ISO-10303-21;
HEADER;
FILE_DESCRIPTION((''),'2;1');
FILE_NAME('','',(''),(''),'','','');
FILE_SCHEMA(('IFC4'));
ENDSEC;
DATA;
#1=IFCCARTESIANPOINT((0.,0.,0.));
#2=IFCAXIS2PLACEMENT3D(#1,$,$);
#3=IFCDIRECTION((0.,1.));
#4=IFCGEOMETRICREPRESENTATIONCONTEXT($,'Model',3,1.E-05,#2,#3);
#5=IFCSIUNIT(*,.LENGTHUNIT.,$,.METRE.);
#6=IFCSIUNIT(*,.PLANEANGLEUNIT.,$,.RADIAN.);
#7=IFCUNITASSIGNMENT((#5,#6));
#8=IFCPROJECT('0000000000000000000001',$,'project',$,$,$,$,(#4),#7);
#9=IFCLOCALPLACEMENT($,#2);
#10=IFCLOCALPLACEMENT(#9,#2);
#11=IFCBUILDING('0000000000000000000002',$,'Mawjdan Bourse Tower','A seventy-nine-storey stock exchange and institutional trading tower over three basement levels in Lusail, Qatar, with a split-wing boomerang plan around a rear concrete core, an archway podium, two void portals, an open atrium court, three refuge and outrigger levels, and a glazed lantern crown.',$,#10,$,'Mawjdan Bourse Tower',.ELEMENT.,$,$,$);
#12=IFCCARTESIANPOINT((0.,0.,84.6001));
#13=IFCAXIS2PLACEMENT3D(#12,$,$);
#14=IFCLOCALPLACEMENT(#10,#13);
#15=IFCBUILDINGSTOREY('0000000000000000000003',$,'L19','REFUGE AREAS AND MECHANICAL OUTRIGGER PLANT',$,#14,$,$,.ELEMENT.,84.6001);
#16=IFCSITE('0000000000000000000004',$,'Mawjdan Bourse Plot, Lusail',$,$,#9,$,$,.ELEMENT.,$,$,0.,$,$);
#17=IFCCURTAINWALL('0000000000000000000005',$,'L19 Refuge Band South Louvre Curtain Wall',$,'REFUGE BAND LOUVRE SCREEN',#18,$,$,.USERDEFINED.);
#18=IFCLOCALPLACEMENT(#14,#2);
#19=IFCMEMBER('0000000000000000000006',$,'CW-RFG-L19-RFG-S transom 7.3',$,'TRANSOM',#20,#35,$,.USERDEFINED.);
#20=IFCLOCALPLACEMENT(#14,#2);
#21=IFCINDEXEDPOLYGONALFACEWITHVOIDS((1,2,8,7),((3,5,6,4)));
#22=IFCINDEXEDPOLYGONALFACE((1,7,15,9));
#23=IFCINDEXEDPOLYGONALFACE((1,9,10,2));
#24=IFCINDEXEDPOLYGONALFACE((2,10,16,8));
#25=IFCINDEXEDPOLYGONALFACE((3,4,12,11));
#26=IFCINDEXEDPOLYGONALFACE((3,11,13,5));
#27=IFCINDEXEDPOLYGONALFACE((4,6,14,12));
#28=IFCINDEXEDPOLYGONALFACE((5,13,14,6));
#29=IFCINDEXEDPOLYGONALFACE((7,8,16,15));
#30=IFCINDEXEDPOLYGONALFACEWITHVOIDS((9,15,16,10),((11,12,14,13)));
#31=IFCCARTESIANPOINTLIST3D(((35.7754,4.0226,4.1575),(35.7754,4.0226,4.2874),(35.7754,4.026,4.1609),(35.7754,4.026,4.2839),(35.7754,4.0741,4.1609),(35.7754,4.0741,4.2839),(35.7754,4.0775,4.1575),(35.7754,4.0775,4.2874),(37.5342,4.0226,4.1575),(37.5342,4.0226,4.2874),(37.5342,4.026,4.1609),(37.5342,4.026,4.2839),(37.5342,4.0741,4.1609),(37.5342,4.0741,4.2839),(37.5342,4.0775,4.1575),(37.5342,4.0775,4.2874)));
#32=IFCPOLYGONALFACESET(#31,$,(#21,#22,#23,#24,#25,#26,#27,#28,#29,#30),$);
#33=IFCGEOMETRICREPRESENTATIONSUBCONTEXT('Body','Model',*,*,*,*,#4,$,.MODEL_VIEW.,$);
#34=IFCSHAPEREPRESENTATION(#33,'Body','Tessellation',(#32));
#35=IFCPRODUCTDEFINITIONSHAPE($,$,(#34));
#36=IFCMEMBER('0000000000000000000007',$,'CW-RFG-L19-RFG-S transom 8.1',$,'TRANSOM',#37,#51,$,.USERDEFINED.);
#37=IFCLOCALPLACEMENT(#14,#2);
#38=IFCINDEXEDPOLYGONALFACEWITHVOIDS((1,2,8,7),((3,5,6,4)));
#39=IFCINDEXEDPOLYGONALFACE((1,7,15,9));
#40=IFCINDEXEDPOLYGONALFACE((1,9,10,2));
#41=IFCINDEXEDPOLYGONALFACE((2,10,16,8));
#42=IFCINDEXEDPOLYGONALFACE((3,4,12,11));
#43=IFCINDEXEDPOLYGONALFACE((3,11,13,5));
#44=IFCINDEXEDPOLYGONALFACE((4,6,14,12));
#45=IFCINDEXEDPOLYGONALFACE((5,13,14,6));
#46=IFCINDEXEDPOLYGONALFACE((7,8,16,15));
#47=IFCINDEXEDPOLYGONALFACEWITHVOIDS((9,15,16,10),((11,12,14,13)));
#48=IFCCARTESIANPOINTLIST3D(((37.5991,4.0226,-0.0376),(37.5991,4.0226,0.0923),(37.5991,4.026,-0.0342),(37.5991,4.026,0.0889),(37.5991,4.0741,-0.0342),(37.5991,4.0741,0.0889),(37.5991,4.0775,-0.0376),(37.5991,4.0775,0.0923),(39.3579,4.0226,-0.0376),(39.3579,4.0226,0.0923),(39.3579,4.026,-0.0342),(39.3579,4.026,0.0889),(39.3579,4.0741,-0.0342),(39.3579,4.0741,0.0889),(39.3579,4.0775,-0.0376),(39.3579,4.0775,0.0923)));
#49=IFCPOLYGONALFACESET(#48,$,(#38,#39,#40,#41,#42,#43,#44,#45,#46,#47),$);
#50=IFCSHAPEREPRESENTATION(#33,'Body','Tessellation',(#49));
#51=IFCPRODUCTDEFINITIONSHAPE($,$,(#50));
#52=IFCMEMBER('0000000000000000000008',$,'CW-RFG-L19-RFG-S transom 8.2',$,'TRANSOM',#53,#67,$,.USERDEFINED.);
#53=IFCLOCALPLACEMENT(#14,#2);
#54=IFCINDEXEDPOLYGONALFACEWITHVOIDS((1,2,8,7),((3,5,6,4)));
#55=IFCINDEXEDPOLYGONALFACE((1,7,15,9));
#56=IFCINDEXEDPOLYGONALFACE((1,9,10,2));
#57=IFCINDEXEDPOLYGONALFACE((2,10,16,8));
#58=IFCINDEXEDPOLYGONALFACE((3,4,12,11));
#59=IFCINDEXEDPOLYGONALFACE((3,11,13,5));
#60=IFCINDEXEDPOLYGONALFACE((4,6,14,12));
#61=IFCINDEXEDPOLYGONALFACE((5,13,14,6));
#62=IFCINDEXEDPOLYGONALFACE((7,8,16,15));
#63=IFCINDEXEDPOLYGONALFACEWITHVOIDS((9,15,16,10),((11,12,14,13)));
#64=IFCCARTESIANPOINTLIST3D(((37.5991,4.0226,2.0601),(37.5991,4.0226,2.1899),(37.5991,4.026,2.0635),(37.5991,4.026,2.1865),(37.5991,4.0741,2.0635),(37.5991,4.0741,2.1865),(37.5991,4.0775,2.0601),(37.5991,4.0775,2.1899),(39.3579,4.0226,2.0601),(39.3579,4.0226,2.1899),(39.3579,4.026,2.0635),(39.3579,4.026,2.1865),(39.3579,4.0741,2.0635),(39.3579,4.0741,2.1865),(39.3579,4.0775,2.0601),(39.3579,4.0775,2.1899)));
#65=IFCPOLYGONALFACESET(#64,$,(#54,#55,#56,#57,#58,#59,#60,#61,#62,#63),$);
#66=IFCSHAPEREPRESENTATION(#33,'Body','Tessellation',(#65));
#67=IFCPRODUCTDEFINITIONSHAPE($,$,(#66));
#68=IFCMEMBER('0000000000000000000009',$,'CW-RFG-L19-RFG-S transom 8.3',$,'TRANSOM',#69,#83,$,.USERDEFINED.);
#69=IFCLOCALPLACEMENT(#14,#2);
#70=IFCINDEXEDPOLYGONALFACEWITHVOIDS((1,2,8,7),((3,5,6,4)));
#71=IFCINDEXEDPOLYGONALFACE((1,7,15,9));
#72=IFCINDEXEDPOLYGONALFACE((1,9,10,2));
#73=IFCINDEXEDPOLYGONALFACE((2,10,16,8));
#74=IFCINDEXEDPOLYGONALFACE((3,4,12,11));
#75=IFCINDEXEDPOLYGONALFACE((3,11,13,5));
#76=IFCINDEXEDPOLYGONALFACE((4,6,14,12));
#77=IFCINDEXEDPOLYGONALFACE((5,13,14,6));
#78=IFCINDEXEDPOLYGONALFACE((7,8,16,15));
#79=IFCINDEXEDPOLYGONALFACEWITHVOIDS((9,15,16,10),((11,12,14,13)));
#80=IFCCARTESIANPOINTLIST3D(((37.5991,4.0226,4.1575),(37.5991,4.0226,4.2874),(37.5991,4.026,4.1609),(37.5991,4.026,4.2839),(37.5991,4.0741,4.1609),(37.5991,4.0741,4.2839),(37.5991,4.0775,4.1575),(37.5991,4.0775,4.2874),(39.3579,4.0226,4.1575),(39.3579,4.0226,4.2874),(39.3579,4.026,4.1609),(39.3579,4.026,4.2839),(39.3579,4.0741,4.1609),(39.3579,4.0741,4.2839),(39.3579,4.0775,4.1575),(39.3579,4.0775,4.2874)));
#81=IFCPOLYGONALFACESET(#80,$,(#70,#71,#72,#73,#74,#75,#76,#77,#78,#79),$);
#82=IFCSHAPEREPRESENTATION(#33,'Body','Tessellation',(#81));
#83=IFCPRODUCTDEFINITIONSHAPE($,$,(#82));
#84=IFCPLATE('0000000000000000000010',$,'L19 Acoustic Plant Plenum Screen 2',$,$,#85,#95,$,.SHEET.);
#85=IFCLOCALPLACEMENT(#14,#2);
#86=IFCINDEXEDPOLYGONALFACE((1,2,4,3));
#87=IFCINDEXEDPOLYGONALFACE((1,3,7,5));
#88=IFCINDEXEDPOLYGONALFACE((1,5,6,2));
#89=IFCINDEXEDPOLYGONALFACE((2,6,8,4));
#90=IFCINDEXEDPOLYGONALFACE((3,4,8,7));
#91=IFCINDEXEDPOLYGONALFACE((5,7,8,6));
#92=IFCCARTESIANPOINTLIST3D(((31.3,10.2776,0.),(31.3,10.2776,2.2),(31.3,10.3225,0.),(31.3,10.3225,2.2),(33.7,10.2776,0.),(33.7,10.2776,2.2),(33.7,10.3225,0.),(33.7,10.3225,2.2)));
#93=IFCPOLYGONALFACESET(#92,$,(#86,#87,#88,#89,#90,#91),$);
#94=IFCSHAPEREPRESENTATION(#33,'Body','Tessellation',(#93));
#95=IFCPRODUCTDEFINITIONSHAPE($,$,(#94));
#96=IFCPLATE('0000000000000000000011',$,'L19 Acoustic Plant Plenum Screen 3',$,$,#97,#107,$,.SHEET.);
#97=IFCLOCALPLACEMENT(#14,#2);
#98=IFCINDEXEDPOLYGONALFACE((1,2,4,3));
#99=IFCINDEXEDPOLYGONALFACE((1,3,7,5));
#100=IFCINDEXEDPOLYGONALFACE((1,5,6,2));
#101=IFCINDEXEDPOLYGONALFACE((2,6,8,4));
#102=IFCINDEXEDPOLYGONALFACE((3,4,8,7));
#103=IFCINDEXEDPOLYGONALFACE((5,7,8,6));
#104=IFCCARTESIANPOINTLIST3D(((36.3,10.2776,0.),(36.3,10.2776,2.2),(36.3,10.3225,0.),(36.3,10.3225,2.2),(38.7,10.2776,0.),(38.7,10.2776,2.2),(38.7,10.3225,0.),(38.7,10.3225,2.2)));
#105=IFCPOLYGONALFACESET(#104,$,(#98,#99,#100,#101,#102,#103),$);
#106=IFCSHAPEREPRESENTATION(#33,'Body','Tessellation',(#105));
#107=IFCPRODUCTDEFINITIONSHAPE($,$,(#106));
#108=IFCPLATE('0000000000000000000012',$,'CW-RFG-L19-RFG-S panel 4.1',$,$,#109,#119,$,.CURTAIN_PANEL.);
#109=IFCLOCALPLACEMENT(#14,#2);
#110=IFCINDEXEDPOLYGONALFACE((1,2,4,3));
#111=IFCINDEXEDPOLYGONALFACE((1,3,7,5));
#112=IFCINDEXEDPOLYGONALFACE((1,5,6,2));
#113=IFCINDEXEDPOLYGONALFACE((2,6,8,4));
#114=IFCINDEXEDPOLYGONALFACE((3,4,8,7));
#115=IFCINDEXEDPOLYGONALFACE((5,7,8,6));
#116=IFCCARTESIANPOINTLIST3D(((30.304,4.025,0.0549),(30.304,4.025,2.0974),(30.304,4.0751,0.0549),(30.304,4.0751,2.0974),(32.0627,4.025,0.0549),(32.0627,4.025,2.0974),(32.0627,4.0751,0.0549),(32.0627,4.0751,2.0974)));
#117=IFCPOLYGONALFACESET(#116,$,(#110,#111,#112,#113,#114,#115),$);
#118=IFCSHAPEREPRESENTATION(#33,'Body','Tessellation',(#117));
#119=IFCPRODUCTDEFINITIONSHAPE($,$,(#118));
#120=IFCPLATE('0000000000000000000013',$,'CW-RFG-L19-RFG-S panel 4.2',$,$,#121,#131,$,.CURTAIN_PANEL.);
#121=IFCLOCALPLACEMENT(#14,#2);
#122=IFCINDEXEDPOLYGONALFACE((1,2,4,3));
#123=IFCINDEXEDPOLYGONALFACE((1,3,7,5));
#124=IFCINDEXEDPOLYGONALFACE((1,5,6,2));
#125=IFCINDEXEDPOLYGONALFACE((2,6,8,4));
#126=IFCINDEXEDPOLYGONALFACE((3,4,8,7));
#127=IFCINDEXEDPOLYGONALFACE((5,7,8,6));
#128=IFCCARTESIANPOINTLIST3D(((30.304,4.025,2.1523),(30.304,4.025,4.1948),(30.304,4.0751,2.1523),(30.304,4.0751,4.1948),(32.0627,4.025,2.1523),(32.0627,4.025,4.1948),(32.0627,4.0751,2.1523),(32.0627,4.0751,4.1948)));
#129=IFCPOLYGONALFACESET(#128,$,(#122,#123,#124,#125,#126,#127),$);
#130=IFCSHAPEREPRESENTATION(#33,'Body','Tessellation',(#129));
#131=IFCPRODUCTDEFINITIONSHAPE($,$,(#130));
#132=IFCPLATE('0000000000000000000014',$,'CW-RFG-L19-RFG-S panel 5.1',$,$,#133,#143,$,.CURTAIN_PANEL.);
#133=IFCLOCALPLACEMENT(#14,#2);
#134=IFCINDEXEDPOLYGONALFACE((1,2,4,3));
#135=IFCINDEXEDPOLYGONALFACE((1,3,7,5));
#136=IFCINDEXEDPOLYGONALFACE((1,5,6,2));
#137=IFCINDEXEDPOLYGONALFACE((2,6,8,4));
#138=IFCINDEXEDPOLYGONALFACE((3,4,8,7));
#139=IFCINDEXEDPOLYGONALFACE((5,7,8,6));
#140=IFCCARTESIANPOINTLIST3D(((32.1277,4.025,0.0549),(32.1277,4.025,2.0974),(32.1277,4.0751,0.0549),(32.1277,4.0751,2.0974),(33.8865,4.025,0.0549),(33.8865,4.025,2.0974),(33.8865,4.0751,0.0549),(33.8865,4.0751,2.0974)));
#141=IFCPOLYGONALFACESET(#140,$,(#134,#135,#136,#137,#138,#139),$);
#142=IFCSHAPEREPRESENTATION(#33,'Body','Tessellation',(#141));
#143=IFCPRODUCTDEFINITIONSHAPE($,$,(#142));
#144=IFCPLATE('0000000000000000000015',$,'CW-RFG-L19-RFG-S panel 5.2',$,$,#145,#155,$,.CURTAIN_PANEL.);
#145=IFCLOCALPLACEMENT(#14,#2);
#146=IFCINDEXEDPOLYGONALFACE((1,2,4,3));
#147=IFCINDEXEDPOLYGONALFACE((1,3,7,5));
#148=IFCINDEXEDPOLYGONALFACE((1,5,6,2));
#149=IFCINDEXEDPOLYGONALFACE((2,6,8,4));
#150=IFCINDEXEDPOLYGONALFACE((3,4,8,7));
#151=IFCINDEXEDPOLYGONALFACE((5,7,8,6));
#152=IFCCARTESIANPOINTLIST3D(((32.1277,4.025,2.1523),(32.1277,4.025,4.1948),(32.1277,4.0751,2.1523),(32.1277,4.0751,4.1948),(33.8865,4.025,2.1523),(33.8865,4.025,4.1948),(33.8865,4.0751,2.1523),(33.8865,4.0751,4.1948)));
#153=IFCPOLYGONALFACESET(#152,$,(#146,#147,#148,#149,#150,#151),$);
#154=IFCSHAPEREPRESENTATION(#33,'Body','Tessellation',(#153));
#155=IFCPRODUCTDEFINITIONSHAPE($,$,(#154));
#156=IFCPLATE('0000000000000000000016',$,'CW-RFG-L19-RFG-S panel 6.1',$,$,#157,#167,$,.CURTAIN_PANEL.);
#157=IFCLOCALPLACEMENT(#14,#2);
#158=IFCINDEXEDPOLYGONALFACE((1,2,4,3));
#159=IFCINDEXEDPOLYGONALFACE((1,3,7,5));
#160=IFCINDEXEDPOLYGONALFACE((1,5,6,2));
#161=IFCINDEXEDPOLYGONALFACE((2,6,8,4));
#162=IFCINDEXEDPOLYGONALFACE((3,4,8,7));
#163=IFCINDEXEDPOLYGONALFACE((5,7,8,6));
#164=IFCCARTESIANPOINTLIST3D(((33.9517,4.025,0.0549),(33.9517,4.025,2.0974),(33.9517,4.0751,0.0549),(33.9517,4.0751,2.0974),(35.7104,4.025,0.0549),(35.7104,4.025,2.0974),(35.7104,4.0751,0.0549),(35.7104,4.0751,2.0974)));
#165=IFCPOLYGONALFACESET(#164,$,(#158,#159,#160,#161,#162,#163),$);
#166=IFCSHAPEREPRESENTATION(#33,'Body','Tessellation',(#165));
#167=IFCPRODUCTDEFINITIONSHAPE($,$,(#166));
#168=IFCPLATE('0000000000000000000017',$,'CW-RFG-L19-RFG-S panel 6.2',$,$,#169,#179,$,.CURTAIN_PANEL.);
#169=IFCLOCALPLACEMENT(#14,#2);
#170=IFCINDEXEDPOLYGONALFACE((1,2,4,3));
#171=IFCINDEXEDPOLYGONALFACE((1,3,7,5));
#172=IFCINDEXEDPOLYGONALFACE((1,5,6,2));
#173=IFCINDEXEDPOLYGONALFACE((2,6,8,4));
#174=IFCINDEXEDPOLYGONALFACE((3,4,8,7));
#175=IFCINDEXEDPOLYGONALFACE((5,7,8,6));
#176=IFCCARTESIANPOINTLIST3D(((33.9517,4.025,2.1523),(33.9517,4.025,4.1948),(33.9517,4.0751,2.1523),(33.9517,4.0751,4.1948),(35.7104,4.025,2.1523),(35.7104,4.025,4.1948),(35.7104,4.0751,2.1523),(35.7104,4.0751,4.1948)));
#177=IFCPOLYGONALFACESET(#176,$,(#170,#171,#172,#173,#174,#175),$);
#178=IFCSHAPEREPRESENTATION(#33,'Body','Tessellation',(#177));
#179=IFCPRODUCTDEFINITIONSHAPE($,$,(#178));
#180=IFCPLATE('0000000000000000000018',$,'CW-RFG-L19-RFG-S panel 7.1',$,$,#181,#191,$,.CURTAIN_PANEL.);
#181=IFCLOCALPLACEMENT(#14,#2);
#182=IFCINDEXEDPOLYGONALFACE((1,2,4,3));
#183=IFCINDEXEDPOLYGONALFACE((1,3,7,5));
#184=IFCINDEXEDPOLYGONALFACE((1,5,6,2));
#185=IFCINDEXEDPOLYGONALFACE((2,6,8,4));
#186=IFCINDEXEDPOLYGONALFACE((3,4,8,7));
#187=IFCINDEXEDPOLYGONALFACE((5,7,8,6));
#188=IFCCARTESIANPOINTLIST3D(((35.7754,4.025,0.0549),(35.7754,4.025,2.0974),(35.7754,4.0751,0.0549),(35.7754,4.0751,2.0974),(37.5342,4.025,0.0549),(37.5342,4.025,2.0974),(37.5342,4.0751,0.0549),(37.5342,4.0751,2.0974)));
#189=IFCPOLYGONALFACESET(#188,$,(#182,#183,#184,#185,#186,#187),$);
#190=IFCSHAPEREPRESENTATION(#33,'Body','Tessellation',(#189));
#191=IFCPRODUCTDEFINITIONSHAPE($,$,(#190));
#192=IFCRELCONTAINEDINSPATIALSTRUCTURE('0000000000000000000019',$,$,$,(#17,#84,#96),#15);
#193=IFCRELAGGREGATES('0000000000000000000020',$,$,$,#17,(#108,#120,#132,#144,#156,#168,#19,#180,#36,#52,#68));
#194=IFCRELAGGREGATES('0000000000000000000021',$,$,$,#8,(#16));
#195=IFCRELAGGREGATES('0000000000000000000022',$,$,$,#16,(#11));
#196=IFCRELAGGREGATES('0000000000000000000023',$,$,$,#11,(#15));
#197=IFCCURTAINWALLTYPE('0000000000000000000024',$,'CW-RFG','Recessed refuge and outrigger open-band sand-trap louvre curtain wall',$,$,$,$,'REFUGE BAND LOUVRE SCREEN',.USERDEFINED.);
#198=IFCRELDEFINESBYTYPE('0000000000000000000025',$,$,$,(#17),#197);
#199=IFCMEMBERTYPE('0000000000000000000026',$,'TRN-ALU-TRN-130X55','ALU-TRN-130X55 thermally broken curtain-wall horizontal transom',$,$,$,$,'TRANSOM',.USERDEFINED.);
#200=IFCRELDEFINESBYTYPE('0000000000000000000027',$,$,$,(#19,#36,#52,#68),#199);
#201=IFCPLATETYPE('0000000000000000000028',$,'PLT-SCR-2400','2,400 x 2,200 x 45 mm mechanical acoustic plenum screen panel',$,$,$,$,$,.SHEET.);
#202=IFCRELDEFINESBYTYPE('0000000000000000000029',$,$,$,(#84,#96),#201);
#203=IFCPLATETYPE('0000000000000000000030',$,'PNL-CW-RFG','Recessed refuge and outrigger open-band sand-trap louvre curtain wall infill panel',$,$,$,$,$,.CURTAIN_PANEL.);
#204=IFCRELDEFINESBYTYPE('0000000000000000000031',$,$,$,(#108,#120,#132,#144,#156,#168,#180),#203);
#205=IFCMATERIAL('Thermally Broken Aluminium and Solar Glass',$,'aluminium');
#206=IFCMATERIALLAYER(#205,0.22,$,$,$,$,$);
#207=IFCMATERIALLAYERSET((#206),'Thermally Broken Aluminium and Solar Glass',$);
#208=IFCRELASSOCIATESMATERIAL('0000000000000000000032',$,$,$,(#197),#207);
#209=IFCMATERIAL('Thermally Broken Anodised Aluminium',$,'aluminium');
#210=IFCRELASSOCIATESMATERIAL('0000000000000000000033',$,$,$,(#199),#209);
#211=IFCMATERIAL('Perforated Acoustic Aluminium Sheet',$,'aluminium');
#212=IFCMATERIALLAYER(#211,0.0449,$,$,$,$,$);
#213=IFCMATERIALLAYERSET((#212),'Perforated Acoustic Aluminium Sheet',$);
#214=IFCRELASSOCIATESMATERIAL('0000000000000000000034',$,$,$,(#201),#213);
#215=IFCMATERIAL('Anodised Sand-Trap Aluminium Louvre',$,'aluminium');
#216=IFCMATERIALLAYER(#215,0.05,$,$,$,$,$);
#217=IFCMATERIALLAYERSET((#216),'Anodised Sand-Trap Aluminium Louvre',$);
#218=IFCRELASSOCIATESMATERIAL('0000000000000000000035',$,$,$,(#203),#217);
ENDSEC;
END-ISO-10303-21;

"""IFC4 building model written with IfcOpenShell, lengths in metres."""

from ifc_helpers import new_model, si_unit, direction, frame, origin, origin_2d, place, context, subcontext, project, spatial, rectangle, hollow_rectangle, extrude, material, layer, layer_set, material_profile, profile_set, type_object, element, aggregate, save


model = new_model("IFC4")

# Units and contexts
model_context = context("Model", 3, precision=1e-05, world=origin(), true_north=direction((0.0, 1.0)))
body_context = subcontext(model_context, "Body", "Model", "MODEL_VIEW")
ifc_project = project(units=[si_unit("LENGTHUNIT", "METRE"), si_unit("PLANEANGLEUNIT", "RADIAN")], contexts=[model_context])

# Site, building, storey
site_placement = place(None, origin())
site = spatial("IfcSite", under=ifc_project, at=site_placement, Name="Mawjdan Bourse Plot, Lusail", CompositionType="ELEMENT", RefElevation=0.0)
building_placement = place(site_placement, origin())
building = spatial("IfcBuilding", under=site, at=building_placement, Name="Mawjdan Bourse Tower", Description="A seventy-nine-storey stock exchange and institutional trading tower over three basement levels in Lusail, Qatar, with a split-wing boomerang plan around a rear concrete core, an archway podium, two void portals, an open atrium court, three refuge and outrigger levels, and a glazed lantern crown.", LongName="Mawjdan Bourse Tower", CompositionType="ELEMENT")
storey_placement = place(building_placement, frame((0.0, 0.0, 84.6001)))
storey = spatial("IfcBuildingStorey", under=building, at=storey_placement, Name="L19", Description="REFUGE AREAS AND MECHANICAL OUTRIGGER PLANT", CompositionType="ELEMENT", Elevation=84.6001)

# Curtain wall
ifc_material_1 = material(Name="Thermally Broken Aluminium and Solar Glass", Category="aluminium")
ifc_layer_1 = layer(ifc_material_1, 0.22)
ifc_layer_set_1 = layer_set([ifc_layer_1], Name="Thermally Broken Aluminium and Solar Glass")
curtain_wall_type = type_object("IfcCurtainWallType", Name="CW-RFG", Description="Recessed refuge and outrigger open-band sand-trap louvre curtain wall", ElementType="REFUGE BAND LOUVRE SCREEN", PredefinedType="USERDEFINED", material=ifc_layer_set_1)
curtain_wall_placement = place(storey_placement, origin())
curtain_wall = element("IfcCurtainWall", 1, at=curtain_wall_placement, inside=storey, type_object=curtain_wall_type, Name="L19 Refuge Band South Louvre Curtain Wall", ObjectType="REFUGE BAND LOUVRE SCREEN", PredefinedType="USERDEFINED")
ifc_material_2 = material(Name="Thermally Broken Anodised Aluminium", Category="aluminium")

# Members
ifc_material_profile_1 = material_profile(ifc_material_2, hollow_rectangle(XDim=0.0549, YDim=0.1299, WallThickness=0.0034, at=origin_2d()), Name="ALU-TRN-130X55")
ifc_profile_set_1 = profile_set([ifc_material_profile_1], Name="Thermally Broken Anodised Aluminium")
member_type_1 = type_object("IfcMemberType", Name="TRN-ALU-TRN-130X55", Description="ALU-TRN-130X55 thermally broken curtain-wall horizontal transom", ElementType="TRANSOM", PredefinedType="USERDEFINED", material=ifc_profile_set_1)
member_1_placement = place(storey_placement, frame((35.7754, 4.05, 4.2224), z_axis=(1.0, 0.0, 0.0), x_axis=(0.0, 1.0, 0.0)))
member_1 = element("IfcMember", 2, at=member_1_placement, type_object=member_type_1, Name="CW-RFG-L19-RFG-S transom 7.3", ObjectType="TRANSOM", PredefinedType="USERDEFINED", context=body_context, shape_type="SweptSolid", body=[
    extrude(hollow_rectangle(XDim=0.0549, YDim=0.1299, WallThickness=0.0034, at=origin_2d()), origin(), (0.0, 0.0, 1.0), 1.7588),
])
member_2_placement = place(storey_placement, frame((37.5991, 4.05, 0.0273), z_axis=(1.0, 0.0, 0.0), x_axis=(0.0, 1.0, 0.0)))
member_2 = element("IfcMember", 3, at=member_2_placement, type_object=member_type_1, Name="CW-RFG-L19-RFG-S transom 8.1", ObjectType="TRANSOM", PredefinedType="USERDEFINED", context=body_context, shape_type="SweptSolid", body=[
    extrude(hollow_rectangle(XDim=0.0549, YDim=0.1299, WallThickness=0.0034, at=origin_2d()), origin(), (0.0, 0.0, 1.0), 1.7588),
])
member_3_placement = place(storey_placement, frame((37.5991, 4.05, 2.125), z_axis=(1.0, 0.0, 0.0), x_axis=(0.0, 1.0, 0.0)))
member_3 = element("IfcMember", 4, at=member_3_placement, type_object=member_type_1, Name="CW-RFG-L19-RFG-S transom 8.2", ObjectType="TRANSOM", PredefinedType="USERDEFINED", context=body_context, shape_type="SweptSolid", body=[
    extrude(hollow_rectangle(XDim=0.0549, YDim=0.1299, WallThickness=0.0034, at=origin_2d()), origin(), (0.0, 0.0, 1.0), 1.7588),
])
member_4_placement = place(storey_placement, frame((37.5991, 4.05, 4.2224), z_axis=(1.0, 0.0, 0.0), x_axis=(0.0, 1.0, 0.0)))
member_4 = element("IfcMember", 5, at=member_4_placement, type_object=member_type_1, Name="CW-RFG-L19-RFG-S transom 8.3", ObjectType="TRANSOM", PredefinedType="USERDEFINED", context=body_context, shape_type="SweptSolid", body=[
    extrude(hollow_rectangle(XDim=0.0549, YDim=0.1299, WallThickness=0.0034, at=origin_2d()), origin(), (0.0, 0.0, 1.0), 1.7588),
])

# Plates
ifc_material_3 = material(Name="Perforated Acoustic Aluminium Sheet", Category="aluminium")
ifc_layer_2 = layer(ifc_material_3, 0.0449)
ifc_layer_set_2 = layer_set([ifc_layer_2], Name="Perforated Acoustic Aluminium Sheet")
plate_type_1 = type_object("IfcPlateType", Name="PLT-SCR-2400", Description="2,400 x 2,200 x 45 mm mechanical acoustic plenum screen panel", PredefinedType="SHEET", material=ifc_layer_set_2)
for number, where, z_axis, x_axis, name in (
    (6, (32.5, 10.3, 0.0), (0.0, 0.0, 1.0), (1.0, 0.0, 0.0), "L19 Acoustic Plant Plenum Screen 2"),
    (7, (37.5, 10.3, 0.0), (0.0, 0.0, 1.0), (1.0, 0.0, 0.0), "L19 Acoustic Plant Plenum Screen 3"),
):
    element("IfcPlate", number, at=place(storey_placement, frame(where, z_axis=z_axis, x_axis=x_axis)), inside=storey, type_object=plate_type_1, Name=name, PredefinedType="SHEET", context=body_context, shape_type="SweptSolid", body=[
        extrude(rectangle(XDim=2.3999, YDim=0.0449, at=origin_2d()), origin(), (0.0, 0.0, 1.0), 2.2),
    ])

# Plates
ifc_material_4 = material(Name="Anodised Sand-Trap Aluminium Louvre", Category="aluminium")
ifc_layer_3 = layer(ifc_material_4, 0.05)
ifc_layer_set_3 = layer_set([ifc_layer_3], Name="Anodised Sand-Trap Aluminium Louvre")
plate_type_2 = type_object("IfcPlateType", Name="PNL-CW-RFG", Description="Recessed refuge and outrigger open-band sand-trap louvre curtain wall infill panel", PredefinedType="CURTAIN_PANEL", material=ifc_layer_set_3)
plate_1_placement = place(storey_placement, frame((31.1833, 4.05, 0.0549), z_axis=(0.0, 0.0, 1.0), x_axis=(1.0, 0.0, 0.0)))
plate_1 = element("IfcPlate", 8, at=plate_1_placement, type_object=plate_type_2, Name="CW-RFG-L19-RFG-S panel 4.1", PredefinedType="CURTAIN_PANEL", context=body_context, shape_type="SweptSolid", body=[
    extrude(rectangle(XDim=1.7588, YDim=0.05, at=origin_2d()), origin(), (0.0, 0.0, 1.0), 2.0425),
])
plate_2_placement = place(storey_placement, frame((31.1833, 4.05, 2.1523), z_axis=(0.0, 0.0, 1.0), x_axis=(1.0, 0.0, 0.0)))
plate_2 = element("IfcPlate", 9, at=plate_2_placement, type_object=plate_type_2, Name="CW-RFG-L19-RFG-S panel 4.2", PredefinedType="CURTAIN_PANEL", context=body_context, shape_type="SweptSolid", body=[
    extrude(rectangle(XDim=1.7588, YDim=0.05, at=origin_2d()), origin(), (0.0, 0.0, 1.0), 2.0425),
])
plate_3_placement = place(storey_placement, frame((33.0071, 4.05, 0.0549), z_axis=(0.0, 0.0, 1.0), x_axis=(1.0, 0.0, 0.0)))
plate_3 = element("IfcPlate", 10, at=plate_3_placement, type_object=plate_type_2, Name="CW-RFG-L19-RFG-S panel 5.1", PredefinedType="CURTAIN_PANEL", context=body_context, shape_type="SweptSolid", body=[
    extrude(rectangle(XDim=1.7588, YDim=0.05, at=origin_2d()), origin(), (0.0, 0.0, 1.0), 2.0425),
])
plate_4_placement = place(storey_placement, frame((33.0071, 4.05, 2.1523), z_axis=(0.0, 0.0, 1.0), x_axis=(1.0, 0.0, 0.0)))
plate_4 = element("IfcPlate", 11, at=plate_4_placement, type_object=plate_type_2, Name="CW-RFG-L19-RFG-S panel 5.2", PredefinedType="CURTAIN_PANEL", context=body_context, shape_type="SweptSolid", body=[
    extrude(rectangle(XDim=1.7588, YDim=0.05, at=origin_2d()), origin(), (0.0, 0.0, 1.0), 2.0425),
])
plate_5_placement = place(storey_placement, frame((34.8311, 4.05, 0.0549), z_axis=(0.0, 0.0, 1.0), x_axis=(1.0, 0.0, 0.0)))
plate_5 = element("IfcPlate", 12, at=plate_5_placement, type_object=plate_type_2, Name="CW-RFG-L19-RFG-S panel 6.1", PredefinedType="CURTAIN_PANEL", context=body_context, shape_type="SweptSolid", body=[
    extrude(rectangle(XDim=1.7588, YDim=0.05, at=origin_2d()), origin(), (0.0, 0.0, 1.0), 2.0425),
])
plate_6_placement = place(storey_placement, frame((34.8311, 4.05, 2.1523), z_axis=(0.0, 0.0, 1.0), x_axis=(1.0, 0.0, 0.0)))
plate_6 = element("IfcPlate", 13, at=plate_6_placement, type_object=plate_type_2, Name="CW-RFG-L19-RFG-S panel 6.2", PredefinedType="CURTAIN_PANEL", context=body_context, shape_type="SweptSolid", body=[
    extrude(rectangle(XDim=1.7588, YDim=0.05, at=origin_2d()), origin(), (0.0, 0.0, 1.0), 2.0425),
])
plate_7_placement = place(storey_placement, frame((36.6548, 4.05, 0.0549), z_axis=(0.0, 0.0, 1.0), x_axis=(1.0, 0.0, 0.0)))
plate_7 = element("IfcPlate", 14, at=plate_7_placement, type_object=plate_type_2, Name="CW-RFG-L19-RFG-S panel 7.1", PredefinedType="CURTAIN_PANEL", context=body_context, shape_type="SweptSolid", body=[
    extrude(rectangle(XDim=1.7588, YDim=0.05, at=origin_2d()), origin(), (0.0, 0.0, 1.0), 2.0425),
])
aggregate(curtain_wall, [plate_1, plate_2, plate_3, plate_4, plate_5, plate_6, member_1, plate_7, member_2, member_3, member_4])

save(model, "model.ifc")
